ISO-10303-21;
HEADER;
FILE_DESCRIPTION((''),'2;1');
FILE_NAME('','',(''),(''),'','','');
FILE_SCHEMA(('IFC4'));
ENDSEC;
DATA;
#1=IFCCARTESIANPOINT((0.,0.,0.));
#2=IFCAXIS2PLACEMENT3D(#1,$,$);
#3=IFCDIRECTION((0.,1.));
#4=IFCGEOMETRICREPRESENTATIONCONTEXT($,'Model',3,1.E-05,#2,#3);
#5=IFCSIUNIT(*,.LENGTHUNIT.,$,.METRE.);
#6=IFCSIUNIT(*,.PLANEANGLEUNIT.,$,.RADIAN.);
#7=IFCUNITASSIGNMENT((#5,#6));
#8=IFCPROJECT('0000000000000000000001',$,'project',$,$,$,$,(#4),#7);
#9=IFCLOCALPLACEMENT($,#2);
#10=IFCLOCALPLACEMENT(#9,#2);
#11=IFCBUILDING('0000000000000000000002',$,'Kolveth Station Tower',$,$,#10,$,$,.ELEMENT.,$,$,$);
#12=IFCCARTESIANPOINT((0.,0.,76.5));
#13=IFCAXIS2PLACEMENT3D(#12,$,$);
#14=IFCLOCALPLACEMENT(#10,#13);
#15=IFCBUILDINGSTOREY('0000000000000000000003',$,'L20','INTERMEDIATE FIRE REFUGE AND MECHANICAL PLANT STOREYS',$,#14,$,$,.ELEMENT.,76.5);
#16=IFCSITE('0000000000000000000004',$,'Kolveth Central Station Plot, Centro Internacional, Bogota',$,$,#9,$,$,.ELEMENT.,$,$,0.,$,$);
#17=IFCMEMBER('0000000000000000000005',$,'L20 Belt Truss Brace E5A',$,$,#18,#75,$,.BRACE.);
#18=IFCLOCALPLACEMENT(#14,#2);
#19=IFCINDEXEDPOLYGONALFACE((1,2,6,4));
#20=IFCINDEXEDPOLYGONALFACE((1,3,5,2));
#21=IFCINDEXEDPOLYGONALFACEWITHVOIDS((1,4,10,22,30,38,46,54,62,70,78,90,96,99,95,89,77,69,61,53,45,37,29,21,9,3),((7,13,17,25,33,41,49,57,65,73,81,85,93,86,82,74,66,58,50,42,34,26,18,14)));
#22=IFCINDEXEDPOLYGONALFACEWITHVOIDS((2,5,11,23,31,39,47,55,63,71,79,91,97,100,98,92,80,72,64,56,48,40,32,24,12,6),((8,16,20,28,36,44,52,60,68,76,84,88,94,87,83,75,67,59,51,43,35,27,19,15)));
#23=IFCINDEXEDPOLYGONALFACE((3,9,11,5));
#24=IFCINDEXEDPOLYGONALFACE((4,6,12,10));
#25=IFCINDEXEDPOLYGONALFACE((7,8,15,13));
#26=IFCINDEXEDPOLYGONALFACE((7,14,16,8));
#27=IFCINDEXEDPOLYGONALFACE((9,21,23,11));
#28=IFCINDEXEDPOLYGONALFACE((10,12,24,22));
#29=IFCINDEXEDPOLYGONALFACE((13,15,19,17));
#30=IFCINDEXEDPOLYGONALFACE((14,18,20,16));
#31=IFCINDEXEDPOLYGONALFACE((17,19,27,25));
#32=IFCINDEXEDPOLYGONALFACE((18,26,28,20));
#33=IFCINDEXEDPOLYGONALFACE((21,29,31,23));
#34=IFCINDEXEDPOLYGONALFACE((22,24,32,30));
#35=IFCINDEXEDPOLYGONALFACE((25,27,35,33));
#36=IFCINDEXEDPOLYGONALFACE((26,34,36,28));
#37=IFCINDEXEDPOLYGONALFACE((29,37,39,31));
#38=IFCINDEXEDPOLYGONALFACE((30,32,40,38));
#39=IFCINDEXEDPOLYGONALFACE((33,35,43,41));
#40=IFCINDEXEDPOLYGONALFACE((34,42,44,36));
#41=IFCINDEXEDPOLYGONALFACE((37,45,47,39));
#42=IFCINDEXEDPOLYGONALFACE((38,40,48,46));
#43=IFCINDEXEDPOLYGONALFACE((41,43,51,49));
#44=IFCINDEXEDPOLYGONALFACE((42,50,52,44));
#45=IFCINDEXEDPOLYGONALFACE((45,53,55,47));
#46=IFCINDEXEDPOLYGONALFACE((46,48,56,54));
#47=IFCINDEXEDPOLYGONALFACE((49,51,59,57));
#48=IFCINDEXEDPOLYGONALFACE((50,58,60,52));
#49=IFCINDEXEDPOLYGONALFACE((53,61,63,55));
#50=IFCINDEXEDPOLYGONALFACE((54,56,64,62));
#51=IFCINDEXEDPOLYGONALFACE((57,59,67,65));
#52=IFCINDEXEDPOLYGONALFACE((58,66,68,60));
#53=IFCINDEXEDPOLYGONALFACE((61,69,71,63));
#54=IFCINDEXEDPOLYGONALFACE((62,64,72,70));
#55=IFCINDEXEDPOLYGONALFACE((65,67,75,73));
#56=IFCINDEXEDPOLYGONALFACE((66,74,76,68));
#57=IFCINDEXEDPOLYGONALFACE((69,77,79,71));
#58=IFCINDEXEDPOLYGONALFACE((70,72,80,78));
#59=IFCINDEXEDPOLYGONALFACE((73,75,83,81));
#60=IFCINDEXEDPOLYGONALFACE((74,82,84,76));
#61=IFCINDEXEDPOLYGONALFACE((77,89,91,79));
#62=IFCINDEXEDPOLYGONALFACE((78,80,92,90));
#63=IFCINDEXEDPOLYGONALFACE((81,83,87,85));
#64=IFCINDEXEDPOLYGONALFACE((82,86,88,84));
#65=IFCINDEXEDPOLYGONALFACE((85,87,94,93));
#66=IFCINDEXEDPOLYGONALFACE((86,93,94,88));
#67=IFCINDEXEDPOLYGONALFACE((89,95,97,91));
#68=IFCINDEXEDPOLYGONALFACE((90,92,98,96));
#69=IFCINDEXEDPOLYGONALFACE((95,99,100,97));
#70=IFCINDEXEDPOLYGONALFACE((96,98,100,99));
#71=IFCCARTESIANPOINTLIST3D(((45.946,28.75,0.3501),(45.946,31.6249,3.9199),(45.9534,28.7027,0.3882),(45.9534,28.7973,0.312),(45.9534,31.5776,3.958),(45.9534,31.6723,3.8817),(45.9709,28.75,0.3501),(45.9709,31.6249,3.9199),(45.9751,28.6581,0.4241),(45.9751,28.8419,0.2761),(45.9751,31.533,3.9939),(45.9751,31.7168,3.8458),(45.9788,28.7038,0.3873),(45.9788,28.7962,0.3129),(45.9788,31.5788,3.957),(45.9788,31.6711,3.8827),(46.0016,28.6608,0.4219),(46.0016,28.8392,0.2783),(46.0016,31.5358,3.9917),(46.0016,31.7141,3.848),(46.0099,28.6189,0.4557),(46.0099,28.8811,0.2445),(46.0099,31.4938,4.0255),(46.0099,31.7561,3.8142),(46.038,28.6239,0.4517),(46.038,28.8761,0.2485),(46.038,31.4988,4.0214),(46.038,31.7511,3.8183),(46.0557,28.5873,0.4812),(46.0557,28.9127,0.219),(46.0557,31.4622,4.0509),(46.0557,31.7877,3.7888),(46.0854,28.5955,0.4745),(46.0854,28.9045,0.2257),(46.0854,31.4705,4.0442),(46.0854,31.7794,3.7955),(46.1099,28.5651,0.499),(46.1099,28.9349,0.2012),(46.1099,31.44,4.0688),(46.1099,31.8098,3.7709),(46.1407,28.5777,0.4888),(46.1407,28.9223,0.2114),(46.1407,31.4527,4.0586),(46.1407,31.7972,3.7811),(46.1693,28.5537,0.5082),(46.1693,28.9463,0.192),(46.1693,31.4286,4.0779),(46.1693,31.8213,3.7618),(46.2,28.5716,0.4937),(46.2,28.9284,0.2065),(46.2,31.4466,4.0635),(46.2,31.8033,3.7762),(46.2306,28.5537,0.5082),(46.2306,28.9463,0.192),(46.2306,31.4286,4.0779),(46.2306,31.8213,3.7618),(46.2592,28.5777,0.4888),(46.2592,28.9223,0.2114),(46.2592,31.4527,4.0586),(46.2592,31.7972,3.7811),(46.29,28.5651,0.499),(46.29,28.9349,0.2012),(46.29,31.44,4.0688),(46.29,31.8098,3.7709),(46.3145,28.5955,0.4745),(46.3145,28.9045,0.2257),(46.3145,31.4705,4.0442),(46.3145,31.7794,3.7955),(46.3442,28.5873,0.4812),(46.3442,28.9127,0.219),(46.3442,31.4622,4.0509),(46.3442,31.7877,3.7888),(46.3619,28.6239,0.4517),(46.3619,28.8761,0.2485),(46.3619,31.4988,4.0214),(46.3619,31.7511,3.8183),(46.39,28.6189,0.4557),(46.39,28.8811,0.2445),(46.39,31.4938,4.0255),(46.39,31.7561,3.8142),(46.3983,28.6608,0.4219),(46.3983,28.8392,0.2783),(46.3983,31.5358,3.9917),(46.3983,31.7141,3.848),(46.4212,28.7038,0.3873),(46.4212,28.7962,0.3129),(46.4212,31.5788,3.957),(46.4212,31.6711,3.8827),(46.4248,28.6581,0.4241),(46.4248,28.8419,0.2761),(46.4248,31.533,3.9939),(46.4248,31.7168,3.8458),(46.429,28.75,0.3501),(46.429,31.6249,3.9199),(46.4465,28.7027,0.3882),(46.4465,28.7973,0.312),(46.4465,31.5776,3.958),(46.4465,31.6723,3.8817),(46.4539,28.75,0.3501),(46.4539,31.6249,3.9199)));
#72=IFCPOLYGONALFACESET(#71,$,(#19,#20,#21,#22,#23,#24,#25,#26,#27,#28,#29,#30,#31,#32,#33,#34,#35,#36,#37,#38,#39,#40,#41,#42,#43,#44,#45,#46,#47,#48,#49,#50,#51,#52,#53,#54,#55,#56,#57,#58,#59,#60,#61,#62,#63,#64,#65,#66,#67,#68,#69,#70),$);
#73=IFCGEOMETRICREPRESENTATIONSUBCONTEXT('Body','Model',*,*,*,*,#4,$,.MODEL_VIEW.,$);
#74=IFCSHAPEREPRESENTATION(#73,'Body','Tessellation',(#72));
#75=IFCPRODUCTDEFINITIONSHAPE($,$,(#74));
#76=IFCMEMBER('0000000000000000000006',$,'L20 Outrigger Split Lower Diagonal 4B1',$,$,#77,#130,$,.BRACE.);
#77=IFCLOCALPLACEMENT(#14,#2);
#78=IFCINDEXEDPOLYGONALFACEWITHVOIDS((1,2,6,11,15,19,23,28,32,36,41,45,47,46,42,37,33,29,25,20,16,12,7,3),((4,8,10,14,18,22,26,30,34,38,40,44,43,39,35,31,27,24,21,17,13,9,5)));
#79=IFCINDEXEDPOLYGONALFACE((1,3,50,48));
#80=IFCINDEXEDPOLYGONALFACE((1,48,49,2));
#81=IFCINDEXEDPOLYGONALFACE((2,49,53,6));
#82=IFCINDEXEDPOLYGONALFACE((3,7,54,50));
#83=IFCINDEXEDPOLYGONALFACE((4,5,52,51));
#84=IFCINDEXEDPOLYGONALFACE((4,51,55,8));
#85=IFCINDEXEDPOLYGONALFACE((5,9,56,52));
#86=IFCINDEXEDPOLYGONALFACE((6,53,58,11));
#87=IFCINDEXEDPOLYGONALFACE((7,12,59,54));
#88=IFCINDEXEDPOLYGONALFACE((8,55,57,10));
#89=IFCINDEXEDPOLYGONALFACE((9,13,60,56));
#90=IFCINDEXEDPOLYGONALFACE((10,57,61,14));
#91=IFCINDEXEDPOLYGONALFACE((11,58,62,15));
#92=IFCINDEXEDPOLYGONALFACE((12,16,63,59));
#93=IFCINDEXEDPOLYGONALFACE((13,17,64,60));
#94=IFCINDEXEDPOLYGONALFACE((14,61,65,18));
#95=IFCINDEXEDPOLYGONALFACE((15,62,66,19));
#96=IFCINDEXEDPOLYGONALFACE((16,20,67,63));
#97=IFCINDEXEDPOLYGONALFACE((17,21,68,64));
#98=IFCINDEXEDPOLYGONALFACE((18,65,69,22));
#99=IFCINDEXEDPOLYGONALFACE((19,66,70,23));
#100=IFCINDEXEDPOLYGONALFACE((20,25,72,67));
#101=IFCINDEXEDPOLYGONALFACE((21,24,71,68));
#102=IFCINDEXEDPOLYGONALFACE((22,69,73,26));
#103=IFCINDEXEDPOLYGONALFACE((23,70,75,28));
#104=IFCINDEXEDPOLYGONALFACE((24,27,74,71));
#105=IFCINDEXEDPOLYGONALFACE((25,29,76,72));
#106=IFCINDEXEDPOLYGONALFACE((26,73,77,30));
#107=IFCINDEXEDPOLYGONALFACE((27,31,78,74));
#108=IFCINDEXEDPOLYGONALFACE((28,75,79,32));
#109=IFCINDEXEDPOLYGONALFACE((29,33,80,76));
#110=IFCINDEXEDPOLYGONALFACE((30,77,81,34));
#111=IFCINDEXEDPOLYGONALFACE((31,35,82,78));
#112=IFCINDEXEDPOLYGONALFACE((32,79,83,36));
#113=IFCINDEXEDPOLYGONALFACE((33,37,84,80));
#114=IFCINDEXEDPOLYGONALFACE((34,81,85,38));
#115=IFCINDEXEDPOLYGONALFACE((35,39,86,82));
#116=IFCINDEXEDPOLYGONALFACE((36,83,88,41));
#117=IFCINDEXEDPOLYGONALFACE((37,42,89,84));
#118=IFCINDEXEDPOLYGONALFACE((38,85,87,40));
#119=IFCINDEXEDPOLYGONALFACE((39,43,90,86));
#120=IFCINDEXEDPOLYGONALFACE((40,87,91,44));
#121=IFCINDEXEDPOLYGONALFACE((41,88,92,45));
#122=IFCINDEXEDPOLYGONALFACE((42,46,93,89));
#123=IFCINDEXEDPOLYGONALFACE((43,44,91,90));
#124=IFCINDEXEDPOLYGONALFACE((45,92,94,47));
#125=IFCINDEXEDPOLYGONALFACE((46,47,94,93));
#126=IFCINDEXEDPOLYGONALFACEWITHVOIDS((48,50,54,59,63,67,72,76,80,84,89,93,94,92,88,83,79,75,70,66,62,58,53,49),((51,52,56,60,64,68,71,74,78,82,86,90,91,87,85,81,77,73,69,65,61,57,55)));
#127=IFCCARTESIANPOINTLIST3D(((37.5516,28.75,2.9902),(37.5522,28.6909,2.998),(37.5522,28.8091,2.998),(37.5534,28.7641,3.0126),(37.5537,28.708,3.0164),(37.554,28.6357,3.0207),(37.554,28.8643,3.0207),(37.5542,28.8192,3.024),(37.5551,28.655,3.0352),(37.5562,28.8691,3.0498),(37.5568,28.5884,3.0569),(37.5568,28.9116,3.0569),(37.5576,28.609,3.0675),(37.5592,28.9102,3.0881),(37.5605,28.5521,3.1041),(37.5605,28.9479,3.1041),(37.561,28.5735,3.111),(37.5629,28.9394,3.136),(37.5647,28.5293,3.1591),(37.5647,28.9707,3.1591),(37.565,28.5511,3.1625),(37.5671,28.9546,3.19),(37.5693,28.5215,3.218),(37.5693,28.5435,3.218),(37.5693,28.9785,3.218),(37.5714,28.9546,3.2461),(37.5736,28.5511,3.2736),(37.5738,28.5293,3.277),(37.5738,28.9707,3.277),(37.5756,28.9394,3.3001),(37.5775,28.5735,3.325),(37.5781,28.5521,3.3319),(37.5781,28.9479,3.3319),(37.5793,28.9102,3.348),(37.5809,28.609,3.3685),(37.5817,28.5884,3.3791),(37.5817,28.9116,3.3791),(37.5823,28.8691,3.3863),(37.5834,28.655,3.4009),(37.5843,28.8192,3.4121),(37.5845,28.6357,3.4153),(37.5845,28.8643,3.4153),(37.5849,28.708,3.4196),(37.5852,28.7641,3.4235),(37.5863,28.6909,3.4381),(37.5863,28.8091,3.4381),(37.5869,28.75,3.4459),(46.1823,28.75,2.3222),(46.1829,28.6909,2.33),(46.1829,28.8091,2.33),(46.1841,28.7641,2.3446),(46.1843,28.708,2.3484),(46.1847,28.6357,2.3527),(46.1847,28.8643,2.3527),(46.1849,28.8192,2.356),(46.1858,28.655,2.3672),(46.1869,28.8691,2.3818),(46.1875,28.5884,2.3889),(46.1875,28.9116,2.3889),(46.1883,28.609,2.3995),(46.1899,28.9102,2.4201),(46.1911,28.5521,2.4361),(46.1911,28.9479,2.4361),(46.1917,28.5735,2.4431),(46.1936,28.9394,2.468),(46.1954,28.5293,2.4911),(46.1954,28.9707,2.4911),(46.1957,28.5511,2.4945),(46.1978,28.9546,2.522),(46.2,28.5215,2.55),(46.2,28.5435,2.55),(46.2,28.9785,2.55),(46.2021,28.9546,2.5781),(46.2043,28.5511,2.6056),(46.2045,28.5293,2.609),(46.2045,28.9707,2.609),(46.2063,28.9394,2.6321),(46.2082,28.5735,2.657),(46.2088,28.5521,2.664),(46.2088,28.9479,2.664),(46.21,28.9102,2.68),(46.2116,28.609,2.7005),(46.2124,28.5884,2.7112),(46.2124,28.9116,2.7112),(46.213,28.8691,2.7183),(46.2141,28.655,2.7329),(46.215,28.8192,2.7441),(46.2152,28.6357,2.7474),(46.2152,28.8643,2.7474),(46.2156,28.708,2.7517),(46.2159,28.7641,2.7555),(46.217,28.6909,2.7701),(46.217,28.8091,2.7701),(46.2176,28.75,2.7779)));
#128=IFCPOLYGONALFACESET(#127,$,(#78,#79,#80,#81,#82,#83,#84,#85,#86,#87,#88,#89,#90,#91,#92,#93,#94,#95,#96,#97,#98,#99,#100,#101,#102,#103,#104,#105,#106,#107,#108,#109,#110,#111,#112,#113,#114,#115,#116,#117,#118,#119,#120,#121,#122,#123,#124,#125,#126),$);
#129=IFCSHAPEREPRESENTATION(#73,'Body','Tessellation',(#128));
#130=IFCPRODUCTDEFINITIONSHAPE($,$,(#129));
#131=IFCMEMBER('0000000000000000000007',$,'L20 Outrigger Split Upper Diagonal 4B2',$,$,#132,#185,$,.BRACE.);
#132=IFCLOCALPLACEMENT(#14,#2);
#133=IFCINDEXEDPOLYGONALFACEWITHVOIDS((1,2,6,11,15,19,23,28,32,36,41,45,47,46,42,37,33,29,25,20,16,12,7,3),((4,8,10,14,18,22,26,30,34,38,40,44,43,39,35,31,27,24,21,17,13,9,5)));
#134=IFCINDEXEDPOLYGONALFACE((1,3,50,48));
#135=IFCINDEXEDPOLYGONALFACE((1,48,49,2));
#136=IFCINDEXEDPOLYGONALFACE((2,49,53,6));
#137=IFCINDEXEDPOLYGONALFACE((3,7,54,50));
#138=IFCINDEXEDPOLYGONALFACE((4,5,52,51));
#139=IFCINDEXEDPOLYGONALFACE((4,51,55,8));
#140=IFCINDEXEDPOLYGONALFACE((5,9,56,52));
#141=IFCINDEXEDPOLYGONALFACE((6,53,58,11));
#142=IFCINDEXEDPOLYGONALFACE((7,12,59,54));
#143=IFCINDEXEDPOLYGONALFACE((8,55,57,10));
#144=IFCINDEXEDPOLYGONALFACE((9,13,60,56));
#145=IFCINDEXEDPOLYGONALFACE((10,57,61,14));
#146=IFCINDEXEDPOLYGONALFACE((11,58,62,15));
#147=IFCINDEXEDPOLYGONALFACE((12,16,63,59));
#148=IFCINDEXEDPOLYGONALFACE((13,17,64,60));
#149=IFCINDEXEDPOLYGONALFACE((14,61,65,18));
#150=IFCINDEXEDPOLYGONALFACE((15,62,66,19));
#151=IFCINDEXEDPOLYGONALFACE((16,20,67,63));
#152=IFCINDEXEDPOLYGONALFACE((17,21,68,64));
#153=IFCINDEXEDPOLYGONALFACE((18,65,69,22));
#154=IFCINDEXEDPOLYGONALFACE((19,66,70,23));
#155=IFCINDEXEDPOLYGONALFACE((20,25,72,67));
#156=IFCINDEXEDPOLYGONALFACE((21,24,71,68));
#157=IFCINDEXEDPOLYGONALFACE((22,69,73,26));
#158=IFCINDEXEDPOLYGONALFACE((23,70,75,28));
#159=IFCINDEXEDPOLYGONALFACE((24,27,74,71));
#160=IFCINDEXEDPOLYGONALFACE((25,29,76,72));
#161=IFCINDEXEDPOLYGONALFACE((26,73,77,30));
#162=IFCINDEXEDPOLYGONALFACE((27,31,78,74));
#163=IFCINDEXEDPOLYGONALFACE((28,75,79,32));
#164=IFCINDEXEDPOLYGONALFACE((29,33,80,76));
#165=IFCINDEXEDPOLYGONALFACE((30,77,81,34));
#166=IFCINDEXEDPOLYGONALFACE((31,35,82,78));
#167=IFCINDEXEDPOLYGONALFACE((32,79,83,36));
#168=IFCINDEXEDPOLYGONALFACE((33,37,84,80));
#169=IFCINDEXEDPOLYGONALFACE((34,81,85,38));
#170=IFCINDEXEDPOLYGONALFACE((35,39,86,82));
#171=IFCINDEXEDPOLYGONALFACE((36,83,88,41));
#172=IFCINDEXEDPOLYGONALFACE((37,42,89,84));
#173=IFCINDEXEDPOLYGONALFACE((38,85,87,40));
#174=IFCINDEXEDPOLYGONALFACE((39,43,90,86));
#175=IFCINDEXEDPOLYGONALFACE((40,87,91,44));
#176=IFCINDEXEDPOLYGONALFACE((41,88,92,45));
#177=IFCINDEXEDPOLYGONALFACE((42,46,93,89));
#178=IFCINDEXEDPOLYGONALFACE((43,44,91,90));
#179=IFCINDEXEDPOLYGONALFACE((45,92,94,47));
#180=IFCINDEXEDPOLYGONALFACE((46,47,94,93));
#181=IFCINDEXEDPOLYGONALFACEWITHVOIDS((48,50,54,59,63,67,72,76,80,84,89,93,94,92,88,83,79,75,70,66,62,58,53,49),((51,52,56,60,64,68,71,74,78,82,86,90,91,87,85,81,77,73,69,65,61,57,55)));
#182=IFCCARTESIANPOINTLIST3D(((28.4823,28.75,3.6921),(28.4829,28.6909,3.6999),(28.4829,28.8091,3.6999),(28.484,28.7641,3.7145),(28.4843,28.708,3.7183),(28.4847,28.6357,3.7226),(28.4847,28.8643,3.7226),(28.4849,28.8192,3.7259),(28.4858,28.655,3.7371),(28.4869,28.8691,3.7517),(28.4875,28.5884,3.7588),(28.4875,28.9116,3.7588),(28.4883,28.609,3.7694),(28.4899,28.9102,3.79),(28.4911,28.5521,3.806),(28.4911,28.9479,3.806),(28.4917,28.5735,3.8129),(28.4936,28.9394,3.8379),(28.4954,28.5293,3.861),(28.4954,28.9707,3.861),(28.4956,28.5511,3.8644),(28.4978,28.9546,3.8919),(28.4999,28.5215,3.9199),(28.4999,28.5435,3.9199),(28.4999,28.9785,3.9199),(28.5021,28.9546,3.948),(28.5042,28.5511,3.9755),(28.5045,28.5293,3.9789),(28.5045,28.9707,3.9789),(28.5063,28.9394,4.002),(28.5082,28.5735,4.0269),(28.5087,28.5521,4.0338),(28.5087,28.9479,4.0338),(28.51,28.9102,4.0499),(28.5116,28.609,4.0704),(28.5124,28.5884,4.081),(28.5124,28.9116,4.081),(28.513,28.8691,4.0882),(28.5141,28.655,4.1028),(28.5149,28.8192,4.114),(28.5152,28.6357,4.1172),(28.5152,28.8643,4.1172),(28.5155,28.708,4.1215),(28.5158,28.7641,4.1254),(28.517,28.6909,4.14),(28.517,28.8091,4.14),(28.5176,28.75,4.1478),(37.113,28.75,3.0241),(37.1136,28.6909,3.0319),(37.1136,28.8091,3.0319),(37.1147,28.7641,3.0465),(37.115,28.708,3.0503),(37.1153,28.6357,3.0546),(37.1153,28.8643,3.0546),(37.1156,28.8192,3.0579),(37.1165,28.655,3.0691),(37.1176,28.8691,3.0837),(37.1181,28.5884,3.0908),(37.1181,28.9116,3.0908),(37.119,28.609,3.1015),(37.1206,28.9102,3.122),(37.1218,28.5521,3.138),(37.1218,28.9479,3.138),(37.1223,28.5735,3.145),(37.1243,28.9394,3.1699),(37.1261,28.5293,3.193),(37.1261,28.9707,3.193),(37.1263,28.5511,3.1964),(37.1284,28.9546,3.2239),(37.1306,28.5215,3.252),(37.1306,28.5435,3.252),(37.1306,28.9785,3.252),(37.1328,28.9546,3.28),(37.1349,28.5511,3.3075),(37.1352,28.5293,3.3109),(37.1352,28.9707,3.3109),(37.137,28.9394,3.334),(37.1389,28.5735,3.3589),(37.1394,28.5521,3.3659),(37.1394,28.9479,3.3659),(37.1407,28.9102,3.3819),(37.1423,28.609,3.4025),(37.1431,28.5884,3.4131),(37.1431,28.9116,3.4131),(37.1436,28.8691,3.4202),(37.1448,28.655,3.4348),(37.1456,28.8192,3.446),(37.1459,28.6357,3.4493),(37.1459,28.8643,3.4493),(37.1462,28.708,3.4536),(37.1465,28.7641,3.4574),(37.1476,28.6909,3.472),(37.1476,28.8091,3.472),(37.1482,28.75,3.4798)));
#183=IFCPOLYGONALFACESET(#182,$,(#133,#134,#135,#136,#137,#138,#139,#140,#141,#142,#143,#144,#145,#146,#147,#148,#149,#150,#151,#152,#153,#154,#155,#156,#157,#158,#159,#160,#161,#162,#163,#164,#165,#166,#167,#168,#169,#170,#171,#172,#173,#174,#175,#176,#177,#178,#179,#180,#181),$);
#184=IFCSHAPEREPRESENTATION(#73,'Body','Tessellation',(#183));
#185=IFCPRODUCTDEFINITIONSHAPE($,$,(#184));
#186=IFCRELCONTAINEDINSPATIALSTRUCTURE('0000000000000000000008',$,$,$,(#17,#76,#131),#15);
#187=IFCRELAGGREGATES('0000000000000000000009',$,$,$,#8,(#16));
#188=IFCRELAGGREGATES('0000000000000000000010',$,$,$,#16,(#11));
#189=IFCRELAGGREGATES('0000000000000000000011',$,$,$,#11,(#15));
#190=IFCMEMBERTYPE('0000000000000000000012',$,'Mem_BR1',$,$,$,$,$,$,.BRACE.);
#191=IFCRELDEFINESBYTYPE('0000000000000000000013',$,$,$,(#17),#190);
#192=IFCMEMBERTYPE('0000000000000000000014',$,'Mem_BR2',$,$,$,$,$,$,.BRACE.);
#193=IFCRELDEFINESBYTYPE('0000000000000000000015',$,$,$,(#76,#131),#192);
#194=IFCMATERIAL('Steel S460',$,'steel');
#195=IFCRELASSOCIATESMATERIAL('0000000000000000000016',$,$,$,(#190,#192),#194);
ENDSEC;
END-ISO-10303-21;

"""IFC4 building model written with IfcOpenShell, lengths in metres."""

from ifc_helpers import new_model, si_unit, direction, frame, origin, origin_2d, place, context, subcontext, project, spatial, hollow_circle, extrude, source, transform, mapped, material, material_profile, profile_set, type_object, element, save


model = new_model("IFC4")

# Units and contexts
model_context = context("Model", 3, precision=1e-05, world=origin(), true_north=direction((0.0, 1.0)))
body_context = subcontext(model_context, "Body", "Model", "MODEL_VIEW")
ifc_project = project(units=[si_unit("LENGTHUNIT", "METRE"), si_unit("PLANEANGLEUNIT", "RADIAN")], contexts=[model_context])

# Site, building, storey
site_placement = place(None, origin())
site = spatial("IfcSite", under=ifc_project, at=site_placement, Name="Kolveth Central Station Plot, Centro Internacional, Bogota", CompositionType="ELEMENT", RefElevation=0.0)
building_placement = place(site_placement, origin())
building = spatial("IfcBuilding", under=site, at=building_placement, Name="Kolveth Station Tower", CompositionType="ELEMENT")
storey_placement = place(building_placement, frame((0.0, 0.0, 76.5)))
storey = spatial("IfcBuildingStorey", under=building, at=storey_placement, Name="L20", Description="INTERMEDIATE FIRE REFUGE AND MECHANICAL PLANT STOREYS", CompositionType="ELEMENT", Elevation=76.5)

# Shared definitions
ifc_material_1 = material(Name="Steel S460", Category="steel")

# Members
ifc_material_profile_1 = material_profile(ifc_material_1, hollow_circle(Radius=0.2539, WallThickness=0.0249, at=origin_2d()), Name="CHS508x25")
ifc_profile_set_1 = profile_set([ifc_material_profile_1], Name="Steel S460")
member_type_1 = type_object("IfcMemberType", Name="Mem_BR1", PredefinedType="BRACE", material=ifc_profile_set_1)
shared_shape_1 = source(origin(), body_context, "Body", "SweptSolid", [
    extrude(hollow_circle(Radius=0.2539, WallThickness=0.0249, at=origin_2d()), origin(), (0.0, 0.0, 1.0), 4.5835),
])
for number, where, z_axis, x_axis, name in (
    (1, (46.2, 28.75, 0.3501), (0.0, 0.627238, 0.778828), (-1.0, 0.0, 0.0), "L20 Belt Truss Brace E5A"),
):
    element("IfcMember", number, at=place(storey_placement, frame(where, z_axis=z_axis, x_axis=x_axis)), inside=storey, type_object=member_type_1, Name=name, PredefinedType="BRACE", context=body_context, shape_type="MappedRepresentation", body=[
        mapped(shared_shape_1, transform((0.0, 0.0, 0.0), x_axis=(1.0, 0.0, 0.0), y_axis=(0.0, 1.0, 0.0), z_axis=(0.0, 0.0, 1.0), scale=1.0)),
    ])
ifc_material_profile_2 = material_profile(ifc_material_1, hollow_circle(Radius=0.2285, WallThickness=0.022, at=origin_2d()), Name="CHS457x22")
ifc_profile_set_2 = profile_set([ifc_material_profile_2], Name="Steel S460")
member_type_2 = type_object("IfcMemberType", Name="Mem_BR2", PredefinedType="BRACE", material=ifc_profile_set_2)
shared_shape_2 = source(origin(), body_context, "Body", "SweptSolid", [
    extrude(hollow_circle(Radius=0.2285, WallThickness=0.022, at=origin_2d()), origin(), (0.0, 0.0, 1.0), 8.6565),
])
for number, where, z_axis, x_axis, name in (
    (2, (46.2, 28.75, 2.55), (-0.997018, 0.0, 0.077165), (0.0, -1.0, 0.0), "L20 Outrigger Split Lower Diagonal 4B1"),
    (3, (37.1306, 28.75, 3.252), (-0.997018, 0.0, 0.077165), (0.0, -1.0, 0.0), "L20 Outrigger Split Upper Diagonal 4B2"),
):
    element("IfcMember", number, at=place(storey_placement, frame(where, z_axis=z_axis, x_axis=x_axis)), inside=storey, type_object=member_type_2, Name=name, PredefinedType="BRACE", context=body_context, shape_type="MappedRepresentation", body=[
        mapped(shared_shape_2, transform((0.0, 0.0, 0.0), x_axis=(1.0, 0.0, 0.0), y_axis=(0.0, 1.0, 0.0), z_axis=(0.0, 0.0, 1.0), scale=1.0)),
    ])

save(model, "model.ifc")
